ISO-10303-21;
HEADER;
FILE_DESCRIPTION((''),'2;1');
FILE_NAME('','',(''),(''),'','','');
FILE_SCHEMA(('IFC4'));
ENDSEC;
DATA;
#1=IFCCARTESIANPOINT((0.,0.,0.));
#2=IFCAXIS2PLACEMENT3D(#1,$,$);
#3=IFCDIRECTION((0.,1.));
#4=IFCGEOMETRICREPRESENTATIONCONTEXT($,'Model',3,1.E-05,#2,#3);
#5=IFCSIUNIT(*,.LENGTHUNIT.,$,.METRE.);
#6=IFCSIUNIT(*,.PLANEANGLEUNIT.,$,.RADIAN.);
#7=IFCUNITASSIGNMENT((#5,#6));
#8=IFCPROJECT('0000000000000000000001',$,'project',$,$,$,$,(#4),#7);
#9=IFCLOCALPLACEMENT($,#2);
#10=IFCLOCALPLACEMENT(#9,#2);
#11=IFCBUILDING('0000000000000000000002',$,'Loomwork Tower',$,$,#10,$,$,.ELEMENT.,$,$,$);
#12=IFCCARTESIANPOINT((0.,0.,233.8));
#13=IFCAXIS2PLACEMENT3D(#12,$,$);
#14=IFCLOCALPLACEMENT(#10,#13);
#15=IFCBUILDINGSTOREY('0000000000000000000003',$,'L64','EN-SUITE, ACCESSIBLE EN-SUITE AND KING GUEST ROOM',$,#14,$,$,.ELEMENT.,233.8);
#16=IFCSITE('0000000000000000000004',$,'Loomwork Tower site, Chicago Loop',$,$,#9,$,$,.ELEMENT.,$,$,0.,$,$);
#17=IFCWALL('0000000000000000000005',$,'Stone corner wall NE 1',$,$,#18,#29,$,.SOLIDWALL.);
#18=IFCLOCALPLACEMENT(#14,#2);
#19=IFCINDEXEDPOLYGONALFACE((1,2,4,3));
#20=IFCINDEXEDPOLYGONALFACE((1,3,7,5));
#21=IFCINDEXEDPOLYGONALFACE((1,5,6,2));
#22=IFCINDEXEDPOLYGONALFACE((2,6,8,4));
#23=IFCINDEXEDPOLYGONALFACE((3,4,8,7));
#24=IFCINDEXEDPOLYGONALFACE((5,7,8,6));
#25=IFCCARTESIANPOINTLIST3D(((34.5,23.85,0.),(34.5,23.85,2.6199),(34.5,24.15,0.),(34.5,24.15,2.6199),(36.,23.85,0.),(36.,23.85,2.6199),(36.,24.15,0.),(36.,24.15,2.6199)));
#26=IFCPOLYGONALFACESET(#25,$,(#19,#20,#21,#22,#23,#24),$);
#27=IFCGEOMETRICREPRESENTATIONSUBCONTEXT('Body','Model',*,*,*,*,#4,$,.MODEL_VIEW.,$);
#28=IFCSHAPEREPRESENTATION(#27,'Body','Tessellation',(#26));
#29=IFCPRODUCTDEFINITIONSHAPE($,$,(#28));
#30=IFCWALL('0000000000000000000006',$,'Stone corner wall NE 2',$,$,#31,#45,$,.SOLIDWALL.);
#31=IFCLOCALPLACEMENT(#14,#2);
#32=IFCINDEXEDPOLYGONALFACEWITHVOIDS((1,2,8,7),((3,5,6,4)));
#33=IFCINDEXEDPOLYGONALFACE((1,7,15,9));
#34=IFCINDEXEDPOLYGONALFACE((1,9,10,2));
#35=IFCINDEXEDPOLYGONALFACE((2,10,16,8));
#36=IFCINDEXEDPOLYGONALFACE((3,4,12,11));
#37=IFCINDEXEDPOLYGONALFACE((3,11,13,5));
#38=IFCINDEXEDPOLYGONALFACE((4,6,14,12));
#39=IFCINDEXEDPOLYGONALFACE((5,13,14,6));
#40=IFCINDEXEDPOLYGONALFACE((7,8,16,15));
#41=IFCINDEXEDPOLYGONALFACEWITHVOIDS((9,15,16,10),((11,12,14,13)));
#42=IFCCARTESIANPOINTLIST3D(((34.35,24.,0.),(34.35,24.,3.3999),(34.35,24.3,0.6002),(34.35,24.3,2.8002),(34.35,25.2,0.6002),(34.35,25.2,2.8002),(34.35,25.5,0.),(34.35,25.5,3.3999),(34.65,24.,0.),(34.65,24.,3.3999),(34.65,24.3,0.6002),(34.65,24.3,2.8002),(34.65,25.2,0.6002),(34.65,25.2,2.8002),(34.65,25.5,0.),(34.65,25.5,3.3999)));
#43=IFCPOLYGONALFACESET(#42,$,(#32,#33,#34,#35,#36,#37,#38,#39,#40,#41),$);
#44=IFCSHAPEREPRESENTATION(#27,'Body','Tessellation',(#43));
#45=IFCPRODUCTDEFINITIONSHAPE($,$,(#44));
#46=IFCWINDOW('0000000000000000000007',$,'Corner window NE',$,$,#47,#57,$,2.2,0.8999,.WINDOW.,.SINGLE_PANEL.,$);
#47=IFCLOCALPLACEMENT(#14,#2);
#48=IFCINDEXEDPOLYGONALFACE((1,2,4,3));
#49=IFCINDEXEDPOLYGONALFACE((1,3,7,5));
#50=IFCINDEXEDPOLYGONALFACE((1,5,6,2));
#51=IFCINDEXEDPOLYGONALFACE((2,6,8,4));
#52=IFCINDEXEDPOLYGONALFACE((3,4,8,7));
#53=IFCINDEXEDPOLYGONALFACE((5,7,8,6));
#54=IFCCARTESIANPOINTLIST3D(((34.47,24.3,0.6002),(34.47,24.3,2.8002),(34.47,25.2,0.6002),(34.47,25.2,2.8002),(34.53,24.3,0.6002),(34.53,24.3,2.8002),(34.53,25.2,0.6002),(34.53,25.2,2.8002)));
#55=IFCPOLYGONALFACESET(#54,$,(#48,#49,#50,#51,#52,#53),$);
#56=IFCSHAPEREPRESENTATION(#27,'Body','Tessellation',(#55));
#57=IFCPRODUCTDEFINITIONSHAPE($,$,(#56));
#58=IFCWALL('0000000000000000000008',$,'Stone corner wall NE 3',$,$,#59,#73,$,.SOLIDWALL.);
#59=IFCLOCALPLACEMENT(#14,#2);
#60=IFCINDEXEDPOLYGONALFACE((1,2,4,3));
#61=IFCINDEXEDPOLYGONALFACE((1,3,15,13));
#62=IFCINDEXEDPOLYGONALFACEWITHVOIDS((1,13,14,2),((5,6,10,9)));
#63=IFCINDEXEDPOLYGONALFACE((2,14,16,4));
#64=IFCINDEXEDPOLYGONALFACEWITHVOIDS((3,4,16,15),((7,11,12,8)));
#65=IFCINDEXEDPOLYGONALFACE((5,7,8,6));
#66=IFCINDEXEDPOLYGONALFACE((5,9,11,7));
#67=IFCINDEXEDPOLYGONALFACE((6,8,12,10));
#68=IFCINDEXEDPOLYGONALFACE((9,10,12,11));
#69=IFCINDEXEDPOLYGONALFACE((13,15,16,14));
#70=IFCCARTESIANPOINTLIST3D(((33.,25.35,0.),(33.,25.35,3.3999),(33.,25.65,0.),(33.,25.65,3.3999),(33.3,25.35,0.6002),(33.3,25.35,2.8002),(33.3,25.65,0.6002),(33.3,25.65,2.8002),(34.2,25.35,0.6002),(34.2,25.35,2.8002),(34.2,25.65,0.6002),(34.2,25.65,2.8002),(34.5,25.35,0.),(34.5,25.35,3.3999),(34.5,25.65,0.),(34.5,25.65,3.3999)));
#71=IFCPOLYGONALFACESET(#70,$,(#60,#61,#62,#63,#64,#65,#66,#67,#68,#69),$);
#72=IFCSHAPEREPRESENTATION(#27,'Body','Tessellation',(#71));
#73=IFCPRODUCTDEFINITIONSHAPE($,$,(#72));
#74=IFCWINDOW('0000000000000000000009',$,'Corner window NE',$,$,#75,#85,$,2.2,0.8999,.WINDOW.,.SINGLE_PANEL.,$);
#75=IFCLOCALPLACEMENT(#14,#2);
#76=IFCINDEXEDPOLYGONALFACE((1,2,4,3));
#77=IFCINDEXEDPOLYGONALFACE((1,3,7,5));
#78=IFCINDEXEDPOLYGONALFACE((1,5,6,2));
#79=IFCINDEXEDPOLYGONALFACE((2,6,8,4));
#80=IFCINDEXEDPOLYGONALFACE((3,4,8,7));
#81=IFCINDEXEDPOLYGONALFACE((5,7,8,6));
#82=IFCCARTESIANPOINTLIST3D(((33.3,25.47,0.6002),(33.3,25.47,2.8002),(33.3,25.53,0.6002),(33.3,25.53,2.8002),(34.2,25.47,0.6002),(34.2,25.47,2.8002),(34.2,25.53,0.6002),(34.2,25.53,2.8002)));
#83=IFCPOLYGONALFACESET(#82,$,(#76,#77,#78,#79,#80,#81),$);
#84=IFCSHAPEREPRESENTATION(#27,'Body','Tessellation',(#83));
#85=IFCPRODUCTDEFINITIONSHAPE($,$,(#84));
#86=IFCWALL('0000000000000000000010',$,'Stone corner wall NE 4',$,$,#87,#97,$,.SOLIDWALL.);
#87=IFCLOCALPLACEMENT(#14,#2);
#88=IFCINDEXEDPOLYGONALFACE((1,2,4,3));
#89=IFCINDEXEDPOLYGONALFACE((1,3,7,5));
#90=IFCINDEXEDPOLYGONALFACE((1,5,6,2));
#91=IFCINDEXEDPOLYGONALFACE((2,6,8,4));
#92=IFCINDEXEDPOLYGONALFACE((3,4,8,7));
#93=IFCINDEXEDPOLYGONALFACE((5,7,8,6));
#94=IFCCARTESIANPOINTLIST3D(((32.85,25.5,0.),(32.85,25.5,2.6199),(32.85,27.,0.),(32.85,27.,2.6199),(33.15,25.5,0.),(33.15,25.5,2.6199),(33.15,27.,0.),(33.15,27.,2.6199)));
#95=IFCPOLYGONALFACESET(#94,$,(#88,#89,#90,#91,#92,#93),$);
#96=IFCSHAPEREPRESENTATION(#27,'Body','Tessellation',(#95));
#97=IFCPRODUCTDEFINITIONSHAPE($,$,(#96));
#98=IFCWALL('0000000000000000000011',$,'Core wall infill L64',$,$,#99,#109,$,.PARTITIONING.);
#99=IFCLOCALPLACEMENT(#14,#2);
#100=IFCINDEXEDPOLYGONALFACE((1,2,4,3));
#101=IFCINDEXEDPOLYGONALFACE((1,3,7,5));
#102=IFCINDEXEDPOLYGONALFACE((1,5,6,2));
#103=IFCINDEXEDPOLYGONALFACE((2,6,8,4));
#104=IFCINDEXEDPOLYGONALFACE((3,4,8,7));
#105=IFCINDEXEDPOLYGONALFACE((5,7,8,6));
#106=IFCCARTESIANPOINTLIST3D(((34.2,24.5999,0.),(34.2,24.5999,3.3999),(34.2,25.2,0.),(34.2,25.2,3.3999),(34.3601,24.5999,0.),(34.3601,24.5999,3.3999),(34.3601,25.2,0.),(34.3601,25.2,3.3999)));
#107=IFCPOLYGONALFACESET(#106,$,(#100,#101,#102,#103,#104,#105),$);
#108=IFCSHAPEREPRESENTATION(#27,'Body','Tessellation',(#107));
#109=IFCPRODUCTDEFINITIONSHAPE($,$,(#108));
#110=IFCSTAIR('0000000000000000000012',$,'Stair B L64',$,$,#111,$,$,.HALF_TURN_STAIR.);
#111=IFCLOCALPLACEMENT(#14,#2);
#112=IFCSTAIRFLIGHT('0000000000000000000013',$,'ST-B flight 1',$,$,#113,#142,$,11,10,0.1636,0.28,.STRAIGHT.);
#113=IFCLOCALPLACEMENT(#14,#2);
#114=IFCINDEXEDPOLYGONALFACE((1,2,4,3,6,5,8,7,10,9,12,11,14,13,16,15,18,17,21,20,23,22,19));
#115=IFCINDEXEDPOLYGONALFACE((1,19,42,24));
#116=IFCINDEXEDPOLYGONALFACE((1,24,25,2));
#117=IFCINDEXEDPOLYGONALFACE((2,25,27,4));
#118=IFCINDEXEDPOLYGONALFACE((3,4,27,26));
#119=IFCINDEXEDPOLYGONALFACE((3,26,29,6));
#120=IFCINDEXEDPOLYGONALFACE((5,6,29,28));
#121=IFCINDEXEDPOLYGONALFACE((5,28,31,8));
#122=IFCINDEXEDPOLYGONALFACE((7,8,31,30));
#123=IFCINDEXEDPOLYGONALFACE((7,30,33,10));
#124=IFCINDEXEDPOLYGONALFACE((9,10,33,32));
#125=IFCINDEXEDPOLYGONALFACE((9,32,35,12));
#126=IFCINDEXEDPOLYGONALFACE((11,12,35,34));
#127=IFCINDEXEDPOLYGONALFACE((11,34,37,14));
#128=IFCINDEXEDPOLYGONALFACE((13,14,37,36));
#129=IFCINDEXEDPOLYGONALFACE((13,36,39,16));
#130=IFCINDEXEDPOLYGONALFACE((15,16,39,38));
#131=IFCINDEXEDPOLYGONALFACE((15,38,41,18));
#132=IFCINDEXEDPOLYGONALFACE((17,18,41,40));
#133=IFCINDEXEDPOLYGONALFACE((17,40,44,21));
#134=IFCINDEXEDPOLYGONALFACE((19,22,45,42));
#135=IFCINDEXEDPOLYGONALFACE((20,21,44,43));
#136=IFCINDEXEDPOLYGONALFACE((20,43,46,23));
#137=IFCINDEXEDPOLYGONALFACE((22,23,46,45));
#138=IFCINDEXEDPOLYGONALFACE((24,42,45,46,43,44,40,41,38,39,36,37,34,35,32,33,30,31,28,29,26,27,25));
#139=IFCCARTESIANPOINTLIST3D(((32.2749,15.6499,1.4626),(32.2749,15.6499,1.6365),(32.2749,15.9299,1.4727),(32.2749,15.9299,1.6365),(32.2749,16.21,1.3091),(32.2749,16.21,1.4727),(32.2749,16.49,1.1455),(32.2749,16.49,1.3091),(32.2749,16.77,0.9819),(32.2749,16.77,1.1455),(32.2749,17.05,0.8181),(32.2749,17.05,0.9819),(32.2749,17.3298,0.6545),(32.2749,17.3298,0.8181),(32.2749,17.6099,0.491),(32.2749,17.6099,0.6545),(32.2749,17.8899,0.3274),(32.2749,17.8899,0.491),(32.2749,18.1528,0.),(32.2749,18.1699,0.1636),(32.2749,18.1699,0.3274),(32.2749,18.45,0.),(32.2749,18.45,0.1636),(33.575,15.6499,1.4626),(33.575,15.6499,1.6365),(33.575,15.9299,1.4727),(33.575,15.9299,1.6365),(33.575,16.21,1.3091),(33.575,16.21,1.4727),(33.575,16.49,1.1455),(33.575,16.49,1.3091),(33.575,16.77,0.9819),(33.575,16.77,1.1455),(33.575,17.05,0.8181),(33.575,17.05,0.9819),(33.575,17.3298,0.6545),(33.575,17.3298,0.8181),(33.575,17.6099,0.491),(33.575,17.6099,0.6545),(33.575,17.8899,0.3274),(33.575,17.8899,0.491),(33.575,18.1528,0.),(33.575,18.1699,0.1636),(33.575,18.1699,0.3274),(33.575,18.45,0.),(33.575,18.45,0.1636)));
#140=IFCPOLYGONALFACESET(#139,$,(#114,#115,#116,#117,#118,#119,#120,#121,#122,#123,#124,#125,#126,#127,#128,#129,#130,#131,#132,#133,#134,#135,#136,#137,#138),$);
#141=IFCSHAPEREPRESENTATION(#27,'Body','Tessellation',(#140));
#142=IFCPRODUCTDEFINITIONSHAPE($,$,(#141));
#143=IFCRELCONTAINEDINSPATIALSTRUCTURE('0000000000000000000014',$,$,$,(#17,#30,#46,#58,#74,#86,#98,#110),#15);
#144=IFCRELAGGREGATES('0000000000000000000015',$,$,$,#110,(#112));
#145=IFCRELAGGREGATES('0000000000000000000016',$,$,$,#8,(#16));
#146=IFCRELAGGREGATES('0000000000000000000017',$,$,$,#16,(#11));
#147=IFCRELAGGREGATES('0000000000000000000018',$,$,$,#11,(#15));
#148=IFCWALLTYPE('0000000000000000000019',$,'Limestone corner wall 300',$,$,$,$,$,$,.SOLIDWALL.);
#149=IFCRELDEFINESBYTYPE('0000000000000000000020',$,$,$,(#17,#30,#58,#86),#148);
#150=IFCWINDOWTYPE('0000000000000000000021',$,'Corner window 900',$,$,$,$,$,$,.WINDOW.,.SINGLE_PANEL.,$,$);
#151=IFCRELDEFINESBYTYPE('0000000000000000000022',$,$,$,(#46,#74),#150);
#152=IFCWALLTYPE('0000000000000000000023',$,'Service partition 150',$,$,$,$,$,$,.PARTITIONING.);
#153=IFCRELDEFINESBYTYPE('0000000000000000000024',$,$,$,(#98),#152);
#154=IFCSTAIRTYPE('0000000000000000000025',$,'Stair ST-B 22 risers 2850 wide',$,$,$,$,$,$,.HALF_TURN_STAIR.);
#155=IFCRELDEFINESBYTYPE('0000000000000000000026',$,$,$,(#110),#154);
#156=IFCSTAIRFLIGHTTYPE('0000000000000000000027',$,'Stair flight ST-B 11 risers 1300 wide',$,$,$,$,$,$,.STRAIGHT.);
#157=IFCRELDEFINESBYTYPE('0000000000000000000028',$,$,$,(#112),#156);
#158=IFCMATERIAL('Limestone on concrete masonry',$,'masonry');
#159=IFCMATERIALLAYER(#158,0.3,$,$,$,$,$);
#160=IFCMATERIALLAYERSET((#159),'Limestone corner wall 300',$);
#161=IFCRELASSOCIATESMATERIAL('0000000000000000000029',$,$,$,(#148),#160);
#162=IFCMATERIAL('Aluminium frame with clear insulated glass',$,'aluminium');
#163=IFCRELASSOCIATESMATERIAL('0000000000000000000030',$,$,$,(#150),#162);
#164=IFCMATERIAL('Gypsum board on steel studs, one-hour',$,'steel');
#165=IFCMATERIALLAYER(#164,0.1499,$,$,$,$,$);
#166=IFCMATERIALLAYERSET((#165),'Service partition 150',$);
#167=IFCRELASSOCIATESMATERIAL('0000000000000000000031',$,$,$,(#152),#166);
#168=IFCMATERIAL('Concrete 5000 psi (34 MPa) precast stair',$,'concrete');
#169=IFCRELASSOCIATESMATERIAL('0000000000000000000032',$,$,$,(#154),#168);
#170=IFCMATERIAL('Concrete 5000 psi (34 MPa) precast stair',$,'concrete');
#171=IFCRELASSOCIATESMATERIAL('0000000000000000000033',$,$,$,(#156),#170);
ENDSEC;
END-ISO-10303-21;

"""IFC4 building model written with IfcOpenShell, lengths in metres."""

from ifc_helpers import new_model, si_unit, direction, frame, frame_2d, origin, place, context, subcontext, project, spatial, polyline, rectangle, outline, extrude, material, layer, layer_set, type_object, element, fill, aggregate, save


model = new_model("IFC4")

# Units and contexts
model_context = context("Model", 3, precision=1e-05, world=origin(), true_north=direction((0.0, 1.0)))
body_context = subcontext(model_context, "Body", "Model", "MODEL_VIEW")
ifc_project = project(units=[si_unit("LENGTHUNIT", "METRE"), si_unit("PLANEANGLEUNIT", "RADIAN")], contexts=[model_context])

# Site, building, storey
site_placement = place(None, origin())
site = spatial("IfcSite", under=ifc_project, at=site_placement, Name="Loomwork Tower site, Chicago Loop", CompositionType="ELEMENT", RefElevation=0.0)
building_placement = place(site_placement, origin())
building = spatial("IfcBuilding", under=site, at=building_placement, Name="Loomwork Tower", CompositionType="ELEMENT")
storey_placement = place(building_placement, frame((0.0, 0.0, 233.8)))
storey = spatial("IfcBuildingStorey", under=building, at=storey_placement, Name="L64", Description="EN-SUITE, ACCESSIBLE EN-SUITE AND KING GUEST ROOM", CompositionType="ELEMENT", Elevation=233.8)

# Wall
ifc_material_1 = material(Name="Limestone on concrete masonry", Category="masonry")
ifc_layer_1 = layer(ifc_material_1, 0.3)
ifc_layer_set_1 = layer_set([ifc_layer_1], Name="Limestone corner wall 300")
wall_type_1 = type_object("IfcWallType", Name="Limestone corner wall 300", PredefinedType="SOLIDWALL", material=ifc_layer_set_1)
wall_1_placement = place(storey_placement, frame((36.0, 24.0, 0.0), z_axis=(0.0, 0.0, 1.0), x_axis=(-1.0, 0.0, 0.0)))
element("IfcWall", 1, at=wall_1_placement, inside=storey, type_object=wall_type_1, Name="Stone corner wall NE 1", PredefinedType="SOLIDWALL", context=body_context, shape_type="SweptSolid", body=[
    extrude(rectangle(XDim=1.5, YDim=0.3, at=frame_2d((0.75, 0.0))), origin(), (0.0, 0.0, 1.0), 2.6199),
])

# Walls, openings, windows
wall_2_placement = place(storey_placement, frame((34.5, 24.0, 0.0), z_axis=(0.0, 0.0, 1.0), x_axis=(0.0, 1.0, 0.0)))
wall_2 = element("IfcWall", 2, at=wall_2_placement, inside=storey, type_object=wall_type_1, Name="Stone corner wall NE 2", PredefinedType="SOLIDWALL", context=body_context, shape_type="SweptSolid", body=[
    extrude(rectangle(XDim=1.5, YDim=0.3, at=frame_2d((0.75, 0.0))), origin(), (0.0, 0.0, 1.0), 3.3999),
])
opening_1_placement = place(wall_2_placement, frame((0.3, 0.0, 0.6001)))
opening_1 = element("IfcOpeningElement", 3, at=opening_1_placement, cuts=wall_2, PredefinedType="OPENING", context=body_context, shape_type="SweptSolid", body=[
    extrude(rectangle(XDim=0.8999, YDim=2.2, at=frame_2d((0.45, 1.1001))), frame((0.0, 0.1599, 0.0), z_axis=(0.0, -1.0, 0.0), x_axis=(1.0, 0.0, 0.0)), (0.0, 0.0, 1.0), 0.3201),
])
ifc_material_2 = material(Name="Aluminium frame with clear insulated glass", Category="aluminium")
window_type = type_object("IfcWindowType", Name="Corner window 900", PartitioningType="SINGLE_PANEL", PredefinedType="WINDOW", material=ifc_material_2)
window_1_placement = place(opening_1_placement, origin())
window_1 = element("IfcWindow", 4, at=window_1_placement, inside=storey, type_object=window_type, Name="Corner window NE", OverallHeight=2.2, OverallWidth=0.8999, PartitioningType="SINGLE_PANEL", PredefinedType="WINDOW", context=body_context, shape_type="SweptSolid", body=[
    extrude(rectangle(XDim=0.8999, YDim=2.2, at=frame_2d((0.45, 1.1001))), frame((0.0, 0.03, 0.0), z_axis=(0.0, -1.0, 0.0), x_axis=(1.0, 0.0, 0.0)), (0.0, 0.0, 1.0), 0.0601),
])
fill(opening_1, window_1)
wall_3_placement = place(storey_placement, frame((34.5, 25.5, 0.0), z_axis=(0.0, 0.0, 1.0), x_axis=(-1.0, 0.0, 0.0)))
wall_3 = element("IfcWall", 5, at=wall_3_placement, inside=storey, type_object=wall_type_1, Name="Stone corner wall NE 3", PredefinedType="SOLIDWALL", context=body_context, shape_type="SweptSolid", body=[
    extrude(rectangle(XDim=1.5, YDim=0.3, at=frame_2d((0.75, 0.0))), origin(), (0.0, 0.0, 1.0), 3.3999),
])
opening_2_placement = place(wall_3_placement, frame((0.3, 0.0, 0.6001)))
opening_2 = element("IfcOpeningElement", 6, at=opening_2_placement, cuts=wall_3, PredefinedType="OPENING", context=body_context, shape_type="SweptSolid", body=[
    extrude(rectangle(XDim=0.8999, YDim=2.2, at=frame_2d((0.45, 1.1001))), frame((0.0, 0.1599, 0.0), z_axis=(0.0, -1.0, 0.0), x_axis=(1.0, 0.0, 0.0)), (0.0, 0.0, 1.0), 0.3201),
])
window_2_placement = place(opening_2_placement, origin())
window_2 = element("IfcWindow", 7, at=window_2_placement, inside=storey, type_object=window_type, Name="Corner window NE", OverallHeight=2.2, OverallWidth=0.8999, PartitioningType="SINGLE_PANEL", PredefinedType="WINDOW", context=body_context, shape_type="SweptSolid", body=[
    extrude(rectangle(XDim=0.8999, YDim=2.2, at=frame_2d((0.45, 1.1001))), frame((0.0, 0.03, 0.0), z_axis=(0.0, -1.0, 0.0), x_axis=(1.0, 0.0, 0.0)), (0.0, 0.0, 1.0), 0.0601),
])
fill(opening_2, window_2)

# Walls
wall_4_placement = place(storey_placement, frame((33.0, 25.5, 0.0), z_axis=(0.0, 0.0, 1.0), x_axis=(0.0, 1.0, 0.0)))
element("IfcWall", 8, at=wall_4_placement, inside=storey, type_object=wall_type_1, Name="Stone corner wall NE 4", PredefinedType="SOLIDWALL", context=body_context, shape_type="SweptSolid", body=[
    extrude(rectangle(XDim=1.5, YDim=0.3, at=frame_2d((0.75, 0.0))), origin(), (0.0, 0.0, 1.0), 2.6199),
])
ifc_material_3 = material(Name="Gypsum board on steel studs, one-hour", Category="steel")
ifc_layer_2 = layer(ifc_material_3, 0.1499)
ifc_layer_set_2 = layer_set([ifc_layer_2], Name="Service partition 150")
wall_type_2 = type_object("IfcWallType", Name="Service partition 150", PredefinedType="PARTITIONING", material=ifc_layer_set_2)
wall_5_placement = place(storey_placement, frame((34.2, 24.8999, 0.0), z_axis=(0.0, 0.0, 1.0), x_axis=(1.0, 0.0, 0.0)))
element("IfcWall", 9, at=wall_5_placement, inside=storey, type_object=wall_type_2, Name="Core wall infill L64", PredefinedType="PARTITIONING", context=body_context, shape_type="SweptSolid", body=[
    extrude(rectangle(XDim=0.1602, YDim=0.6001, at=frame_2d((0.0801, 0.0))), origin(), (0.0, 0.0, 1.0), 3.3999),
])

# Stair, stair flight
ifc_material_4 = material(Name="Concrete 5000 psi (34 MPa) precast stair", Category="concrete")
stair_type = type_object("IfcStairType", Name="Stair ST-B 22 risers 2850 wide", PredefinedType="HALF_TURN_STAIR", material=ifc_material_4)
stair_placement = place(storey_placement, origin())
stair = element("IfcStair", 10, at=stair_placement, inside=storey, type_object=stair_type, Name="Stair B L64", PredefinedType="HALF_TURN_STAIR")
ifc_material_5 = material(Name="Concrete 5000 psi (34 MPa) precast stair", Category="concrete")
stair_flight_type = type_object("IfcStairFlightType", Name="Stair flight ST-B 11 risers 1300 wide", PredefinedType="STRAIGHT", material=ifc_material_5)
stair_flight_placement = place(storey_placement, frame((32.925, 18.45, 0.0), z_axis=(0.0, 0.0, 1.0), x_axis=(0.0, -1.0, 0.0)))
stair_flight = element("IfcStairFlight", 11, at=stair_flight_placement, type_object=stair_flight_type, Name="ST-B flight 1", NumberOfRisers=11, NumberOfTreads=10, PredefinedType="STRAIGHT", RiserHeight=0.1636, TreadLength=0.28, context=body_context, shape_type="SweptSolid", body=[
    extrude(outline(polyline([(0.0, 0.0), (0.0, 0.1636), (0.28, 0.1636), (0.28, 0.3274), (0.5601, 0.3274), (0.5601, 0.491), (0.8401, 0.491), (0.8401, 0.6545), (1.1201, 0.6545), (1.1201, 0.8181), (1.3999, 0.8181), (1.3999, 0.9819), (1.6799, 0.9819), (1.6799, 1.1455), (1.96, 1.1455), (1.96, 1.3091), (2.24, 1.3091), (2.24, 1.4727), (2.52, 1.4727), (2.52, 1.6365), (2.8, 1.6365), (2.8, 1.8), (2.8, 1.4626), (0.2971, 0.0), (0.0, 0.0)])), frame((0.0, 0.6499, 0.0), z_axis=(0.0, -1.0, 0.0), x_axis=(1.0, 0.0, 0.0)), (0.0, 0.0, 1.0), 1.3),
])
aggregate(stair, [stair_flight])

save(model, "model.ifc")
